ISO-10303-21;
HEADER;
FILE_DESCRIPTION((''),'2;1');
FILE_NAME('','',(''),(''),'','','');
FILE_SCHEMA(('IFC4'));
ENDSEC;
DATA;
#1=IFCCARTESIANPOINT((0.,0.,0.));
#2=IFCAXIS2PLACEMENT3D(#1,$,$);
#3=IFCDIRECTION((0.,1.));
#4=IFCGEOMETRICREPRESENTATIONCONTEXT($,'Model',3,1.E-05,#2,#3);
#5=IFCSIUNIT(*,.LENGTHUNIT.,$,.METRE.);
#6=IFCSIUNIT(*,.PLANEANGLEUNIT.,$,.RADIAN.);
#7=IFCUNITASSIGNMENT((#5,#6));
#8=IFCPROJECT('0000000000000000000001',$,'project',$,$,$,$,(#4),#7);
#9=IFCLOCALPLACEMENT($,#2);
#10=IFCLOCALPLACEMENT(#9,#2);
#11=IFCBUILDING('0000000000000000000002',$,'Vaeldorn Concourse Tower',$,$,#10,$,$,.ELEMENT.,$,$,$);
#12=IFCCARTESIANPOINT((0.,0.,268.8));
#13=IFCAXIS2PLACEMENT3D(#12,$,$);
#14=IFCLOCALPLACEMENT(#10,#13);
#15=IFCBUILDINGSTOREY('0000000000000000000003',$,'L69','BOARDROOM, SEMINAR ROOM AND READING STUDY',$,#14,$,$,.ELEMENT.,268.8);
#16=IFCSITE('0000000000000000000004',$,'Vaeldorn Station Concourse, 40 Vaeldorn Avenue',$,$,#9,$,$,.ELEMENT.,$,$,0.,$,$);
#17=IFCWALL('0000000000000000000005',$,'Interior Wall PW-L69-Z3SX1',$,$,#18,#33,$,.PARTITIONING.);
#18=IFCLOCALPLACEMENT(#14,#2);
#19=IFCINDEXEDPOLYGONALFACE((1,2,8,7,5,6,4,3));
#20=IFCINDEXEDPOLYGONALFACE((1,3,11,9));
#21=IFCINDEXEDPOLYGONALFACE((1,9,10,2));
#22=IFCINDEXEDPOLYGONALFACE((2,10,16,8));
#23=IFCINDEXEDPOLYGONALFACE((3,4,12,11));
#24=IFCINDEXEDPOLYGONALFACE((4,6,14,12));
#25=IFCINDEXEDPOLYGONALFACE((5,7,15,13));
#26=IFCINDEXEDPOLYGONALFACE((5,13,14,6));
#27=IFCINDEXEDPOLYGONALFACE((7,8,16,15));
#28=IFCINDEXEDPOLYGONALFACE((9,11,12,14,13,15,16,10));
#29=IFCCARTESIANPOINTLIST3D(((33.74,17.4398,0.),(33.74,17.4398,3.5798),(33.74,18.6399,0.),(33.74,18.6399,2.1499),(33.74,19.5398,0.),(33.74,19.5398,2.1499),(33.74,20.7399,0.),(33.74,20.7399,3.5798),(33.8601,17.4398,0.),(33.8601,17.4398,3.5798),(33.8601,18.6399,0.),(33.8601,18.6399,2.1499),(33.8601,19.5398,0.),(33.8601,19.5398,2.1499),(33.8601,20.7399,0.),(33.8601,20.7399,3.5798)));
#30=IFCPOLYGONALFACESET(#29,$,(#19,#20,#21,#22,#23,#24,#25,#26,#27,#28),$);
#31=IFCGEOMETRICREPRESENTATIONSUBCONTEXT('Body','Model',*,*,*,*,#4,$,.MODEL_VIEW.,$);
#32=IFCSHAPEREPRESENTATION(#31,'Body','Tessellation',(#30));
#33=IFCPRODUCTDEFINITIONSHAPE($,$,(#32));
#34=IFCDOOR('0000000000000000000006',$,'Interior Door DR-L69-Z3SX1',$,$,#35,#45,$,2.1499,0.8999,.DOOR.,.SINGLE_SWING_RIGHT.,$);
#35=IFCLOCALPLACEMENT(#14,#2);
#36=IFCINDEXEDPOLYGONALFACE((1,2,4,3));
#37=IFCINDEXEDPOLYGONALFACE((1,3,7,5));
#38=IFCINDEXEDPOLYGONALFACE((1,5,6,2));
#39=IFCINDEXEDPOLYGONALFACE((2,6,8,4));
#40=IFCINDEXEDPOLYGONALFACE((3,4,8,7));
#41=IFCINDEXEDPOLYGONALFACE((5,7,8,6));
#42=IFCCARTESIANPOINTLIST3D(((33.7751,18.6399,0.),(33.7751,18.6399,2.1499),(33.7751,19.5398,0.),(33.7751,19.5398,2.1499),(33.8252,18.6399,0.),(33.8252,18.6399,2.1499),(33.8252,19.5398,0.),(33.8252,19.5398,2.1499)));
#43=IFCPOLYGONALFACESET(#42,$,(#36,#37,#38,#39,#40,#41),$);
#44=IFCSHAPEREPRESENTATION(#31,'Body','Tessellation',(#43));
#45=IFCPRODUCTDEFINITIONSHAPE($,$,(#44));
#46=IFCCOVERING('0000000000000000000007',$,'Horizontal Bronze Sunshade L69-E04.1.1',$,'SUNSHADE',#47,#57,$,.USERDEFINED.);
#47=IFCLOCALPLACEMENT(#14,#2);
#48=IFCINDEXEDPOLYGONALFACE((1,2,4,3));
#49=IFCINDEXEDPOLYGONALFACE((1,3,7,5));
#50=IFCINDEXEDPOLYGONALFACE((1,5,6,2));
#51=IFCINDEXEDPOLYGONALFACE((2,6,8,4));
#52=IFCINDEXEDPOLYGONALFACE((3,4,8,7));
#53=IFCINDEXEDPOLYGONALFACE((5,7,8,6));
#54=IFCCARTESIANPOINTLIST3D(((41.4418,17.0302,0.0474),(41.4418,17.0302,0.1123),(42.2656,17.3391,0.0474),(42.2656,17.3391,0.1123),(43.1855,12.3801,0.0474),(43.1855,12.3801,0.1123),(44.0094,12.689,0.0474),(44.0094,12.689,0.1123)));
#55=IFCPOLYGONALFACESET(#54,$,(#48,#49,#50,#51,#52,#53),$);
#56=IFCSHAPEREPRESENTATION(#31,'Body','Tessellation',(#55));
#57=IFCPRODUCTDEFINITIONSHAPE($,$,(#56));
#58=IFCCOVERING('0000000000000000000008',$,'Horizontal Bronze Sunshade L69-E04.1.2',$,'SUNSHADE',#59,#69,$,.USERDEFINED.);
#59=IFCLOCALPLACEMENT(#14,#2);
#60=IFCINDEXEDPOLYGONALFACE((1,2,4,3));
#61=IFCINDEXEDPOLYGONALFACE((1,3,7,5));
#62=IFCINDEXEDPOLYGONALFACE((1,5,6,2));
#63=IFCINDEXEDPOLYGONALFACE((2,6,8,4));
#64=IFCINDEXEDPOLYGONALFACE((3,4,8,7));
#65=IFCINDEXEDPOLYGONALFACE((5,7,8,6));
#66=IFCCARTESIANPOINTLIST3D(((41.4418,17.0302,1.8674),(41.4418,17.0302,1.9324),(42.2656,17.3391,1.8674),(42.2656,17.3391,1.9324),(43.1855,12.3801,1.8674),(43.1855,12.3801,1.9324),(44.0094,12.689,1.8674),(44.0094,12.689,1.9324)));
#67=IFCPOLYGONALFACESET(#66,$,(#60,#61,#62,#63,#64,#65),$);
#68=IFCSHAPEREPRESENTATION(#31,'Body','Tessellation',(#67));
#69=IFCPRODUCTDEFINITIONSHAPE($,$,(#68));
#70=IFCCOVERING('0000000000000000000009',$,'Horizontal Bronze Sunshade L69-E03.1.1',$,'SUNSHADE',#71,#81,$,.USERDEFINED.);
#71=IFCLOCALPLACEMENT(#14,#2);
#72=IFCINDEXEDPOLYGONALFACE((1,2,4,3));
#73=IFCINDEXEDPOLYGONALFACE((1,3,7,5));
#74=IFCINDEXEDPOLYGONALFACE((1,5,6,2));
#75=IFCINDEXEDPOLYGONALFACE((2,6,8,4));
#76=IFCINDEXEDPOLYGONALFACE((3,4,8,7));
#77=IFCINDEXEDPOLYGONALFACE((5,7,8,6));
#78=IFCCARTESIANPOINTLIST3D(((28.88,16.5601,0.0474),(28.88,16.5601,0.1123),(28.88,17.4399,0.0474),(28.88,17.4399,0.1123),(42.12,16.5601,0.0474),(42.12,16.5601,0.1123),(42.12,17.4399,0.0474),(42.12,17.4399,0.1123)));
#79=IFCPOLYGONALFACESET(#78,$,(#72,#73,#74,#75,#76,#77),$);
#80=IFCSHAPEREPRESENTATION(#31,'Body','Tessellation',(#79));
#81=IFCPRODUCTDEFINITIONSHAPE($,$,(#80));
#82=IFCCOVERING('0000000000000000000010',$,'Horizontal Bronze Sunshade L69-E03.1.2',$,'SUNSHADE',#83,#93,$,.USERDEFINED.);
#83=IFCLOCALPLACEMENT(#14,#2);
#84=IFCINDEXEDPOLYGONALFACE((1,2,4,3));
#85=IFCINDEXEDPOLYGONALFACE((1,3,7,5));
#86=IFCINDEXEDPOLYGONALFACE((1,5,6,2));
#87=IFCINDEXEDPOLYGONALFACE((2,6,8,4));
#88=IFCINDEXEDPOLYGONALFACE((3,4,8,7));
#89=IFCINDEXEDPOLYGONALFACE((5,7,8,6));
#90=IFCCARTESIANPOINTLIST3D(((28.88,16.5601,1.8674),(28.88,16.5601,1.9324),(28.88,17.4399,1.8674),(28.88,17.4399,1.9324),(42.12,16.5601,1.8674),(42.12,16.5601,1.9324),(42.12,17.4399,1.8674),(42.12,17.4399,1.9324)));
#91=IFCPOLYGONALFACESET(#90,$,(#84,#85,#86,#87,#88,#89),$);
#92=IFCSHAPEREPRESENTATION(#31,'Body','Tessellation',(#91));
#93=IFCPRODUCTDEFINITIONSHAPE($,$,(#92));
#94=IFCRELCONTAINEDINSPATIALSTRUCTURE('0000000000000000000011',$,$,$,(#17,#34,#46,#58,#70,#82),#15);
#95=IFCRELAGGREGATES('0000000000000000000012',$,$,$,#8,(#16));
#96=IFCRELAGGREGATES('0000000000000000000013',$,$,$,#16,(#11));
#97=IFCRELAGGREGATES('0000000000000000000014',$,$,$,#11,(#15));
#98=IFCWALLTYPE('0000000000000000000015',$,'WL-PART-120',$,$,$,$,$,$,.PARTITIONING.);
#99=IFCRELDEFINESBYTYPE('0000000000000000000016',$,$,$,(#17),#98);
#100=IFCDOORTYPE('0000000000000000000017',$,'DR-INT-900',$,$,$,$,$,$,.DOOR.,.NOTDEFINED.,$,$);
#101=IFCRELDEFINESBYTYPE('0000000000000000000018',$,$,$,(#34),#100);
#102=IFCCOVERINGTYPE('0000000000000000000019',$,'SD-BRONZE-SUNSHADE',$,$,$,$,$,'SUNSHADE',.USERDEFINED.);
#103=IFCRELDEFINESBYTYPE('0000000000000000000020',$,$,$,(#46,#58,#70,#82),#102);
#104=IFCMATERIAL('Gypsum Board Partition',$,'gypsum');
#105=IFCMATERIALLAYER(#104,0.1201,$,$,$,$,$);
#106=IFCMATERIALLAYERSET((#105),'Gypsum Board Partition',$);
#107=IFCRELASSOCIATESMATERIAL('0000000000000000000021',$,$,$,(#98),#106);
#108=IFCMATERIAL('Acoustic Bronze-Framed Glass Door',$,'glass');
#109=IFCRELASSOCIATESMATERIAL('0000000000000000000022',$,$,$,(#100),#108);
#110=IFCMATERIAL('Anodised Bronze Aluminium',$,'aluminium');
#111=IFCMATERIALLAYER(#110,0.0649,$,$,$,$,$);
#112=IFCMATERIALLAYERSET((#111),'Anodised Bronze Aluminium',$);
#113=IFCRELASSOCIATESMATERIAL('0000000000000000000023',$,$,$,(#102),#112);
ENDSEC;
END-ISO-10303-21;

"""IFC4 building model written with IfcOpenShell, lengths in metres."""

from ifc_helpers import new_model, si_unit, direction, frame, frame_2d, origin, origin_2d, place, context, subcontext, project, spatial, rectangle, extrude, source, transform, mapped, material, layer, layer_set, type_object, element, fill, save


model = new_model("IFC4")

# Units and contexts
model_context = context("Model", 3, precision=1e-05, world=origin(), true_north=direction((0.0, 1.0)))
body_context = subcontext(model_context, "Body", "Model", "MODEL_VIEW")
ifc_project = project(units=[si_unit("LENGTHUNIT", "METRE"), si_unit("PLANEANGLEUNIT", "RADIAN")], contexts=[model_context])

# Site, building, storey
site_placement = place(None, origin())
site = spatial("IfcSite", under=ifc_project, at=site_placement, Name="Vaeldorn Station Concourse, 40 Vaeldorn Avenue", CompositionType="ELEMENT", RefElevation=0.0)
building_placement = place(site_placement, origin())
building = spatial("IfcBuilding", under=site, at=building_placement, Name="Vaeldorn Concourse Tower", CompositionType="ELEMENT")
storey_placement = place(building_placement, frame((0.0, 0.0, 268.8)))
storey = spatial("IfcBuildingStorey", under=building, at=storey_placement, Name="L69", Description="BOARDROOM, SEMINAR ROOM AND READING STUDY", CompositionType="ELEMENT", Elevation=268.8)

# Shared definitions
ifc_material_1 = material(Name="Anodised Bronze Aluminium", Category="aluminium")

# Wall, opening, door
ifc_material_2 = material(Name="Gypsum Board Partition", Category="gypsum")
ifc_layer_1 = layer(ifc_material_2, 0.1201)
ifc_layer_set_1 = layer_set([ifc_layer_1], Name="Gypsum Board Partition")
wall_type = type_object("IfcWallType", Name="WL-PART-120", PredefinedType="PARTITIONING", material=ifc_layer_set_1)
wall_placement = place(storey_placement, frame((33.8, 17.4399, 0.0), z_axis=(0.0, 0.0, 1.0), x_axis=(0.0, 1.0, 0.0)))
wall = element("IfcWall", 1, at=wall_placement, inside=storey, type_object=wall_type, Name="Interior Wall PW-L69-Z3SX1", PredefinedType="PARTITIONING", context=body_context, shape_type="SweptSolid", body=[
    extrude(rectangle(XDim=3.3, YDim=0.1201, at=frame_2d((1.6499, 0.0))), origin(), (0.0, 0.0, 1.0), 3.5798),
])
opening_placement = place(wall_placement, frame((1.2, 0.0, 0.0)))
opening = element("IfcOpeningElement", 2, at=opening_placement, cuts=wall, PredefinedType="OPENING", context=body_context, shape_type="SweptSolid", body=[
    extrude(rectangle(XDim=0.8999, YDim=2.1499, at=frame_2d((0.45, 1.075))), frame((0.0, 0.0701, 0.0), z_axis=(0.0, -1.0, 0.0), x_axis=(1.0, 0.0, 0.0)), (0.0, 0.0, 1.0), 0.1401),
])
ifc_material_3 = material(Name="Acoustic Bronze-Framed Glass Door", Category="glass")
door_type = type_object("IfcDoorType", Name="DR-INT-900", OperationType="NOTDEFINED", PredefinedType="DOOR", material=ifc_material_3)
shared_shape_1 = source(origin(), body_context, "Body", "SweptSolid", [
    extrude(rectangle(XDim=0.8999, YDim=2.1499, at=frame_2d((0.45, 1.075))), frame((0.0, 0.0249, 0.0), z_axis=(0.0, -1.0, 0.0), x_axis=(1.0, 0.0, 0.0)), (0.0, 0.0, 1.0), 0.05),
])
door_placement = place(opening_placement, origin())
door = element("IfcDoor", 3, at=door_placement, inside=storey, type_object=door_type, Name="Interior Door DR-L69-Z3SX1", OperationType="SINGLE_SWING_RIGHT", OverallHeight=2.1499, OverallWidth=0.8999, PredefinedType="DOOR", context=body_context, shape_type="MappedRepresentation", body=[
    mapped(shared_shape_1, transform((0.0, 0.0, 0.0), scale=1.0)),
])
fill(opening, door)

# Coverings
ifc_layer_2 = layer(ifc_material_1, 0.0649)
ifc_layer_set_2 = layer_set([ifc_layer_2], Name="Anodised Bronze Aluminium")
covering_type = type_object("IfcCoveringType", Name="SD-BRONZE-SUNSHADE", ElementType="SUNSHADE", PredefinedType="USERDEFINED", material=ifc_layer_set_2)
shared_shape_2 = source(origin(), body_context, "Body", "SweptSolid", [
    extrude(rectangle(XDim=4.9663, YDim=0.8799, at=origin_2d()), origin(), (0.0, 0.0, 1.0), 0.0649),
])
for number, where, z_axis, x_axis, name in (
    (4, (42.7256, 14.8596, 0.0474), (0.0, 0.0, 1.0), (0.351123, -0.936329, 0.0), "Horizontal Bronze Sunshade L69-E04.1.1"),
    (5, (42.7256, 14.8596, 1.8674), (0.0, 0.0, 1.0), (0.351123, -0.936329, 0.0), "Horizontal Bronze Sunshade L69-E04.1.2"),
):
    element("IfcCovering", number, at=place(storey_placement, frame(where, z_axis=z_axis, x_axis=x_axis)), inside=storey, type_object=covering_type, Name=name, ObjectType="SUNSHADE", PredefinedType="USERDEFINED", context=body_context, shape_type="MappedRepresentation", body=[
        mapped(shared_shape_2, transform((0.0, 0.0, 0.0), scale=1.0)),
    ])
shared_shape_3 = source(origin(), body_context, "Body", "SweptSolid", [
    extrude(rectangle(XDim=13.24, YDim=0.8799, at=origin_2d()), origin(), (0.0, 0.0, 1.0), 0.0649),
])
for number, where, z_axis, x_axis, name in (
    (6, (35.5, 17.0, 0.0474), (0.0, 0.0, 1.0), (1.0, 0.0, 0.0), "Horizontal Bronze Sunshade L69-E03.1.1"),
    (7, (35.5, 17.0, 1.8674), (0.0, 0.0, 1.0), (1.0, 0.0, 0.0), "Horizontal Bronze Sunshade L69-E03.1.2"),
):
    element("IfcCovering", number, at=place(storey_placement, frame(where, z_axis=z_axis, x_axis=x_axis)), inside=storey, type_object=covering_type, Name=name, ObjectType="SUNSHADE", PredefinedType="USERDEFINED", context=body_context, shape_type="MappedRepresentation", body=[
        mapped(shared_shape_3, transform((0.0, 0.0, 0.0), scale=1.0)),
    ])

save(model, "model.ifc")
